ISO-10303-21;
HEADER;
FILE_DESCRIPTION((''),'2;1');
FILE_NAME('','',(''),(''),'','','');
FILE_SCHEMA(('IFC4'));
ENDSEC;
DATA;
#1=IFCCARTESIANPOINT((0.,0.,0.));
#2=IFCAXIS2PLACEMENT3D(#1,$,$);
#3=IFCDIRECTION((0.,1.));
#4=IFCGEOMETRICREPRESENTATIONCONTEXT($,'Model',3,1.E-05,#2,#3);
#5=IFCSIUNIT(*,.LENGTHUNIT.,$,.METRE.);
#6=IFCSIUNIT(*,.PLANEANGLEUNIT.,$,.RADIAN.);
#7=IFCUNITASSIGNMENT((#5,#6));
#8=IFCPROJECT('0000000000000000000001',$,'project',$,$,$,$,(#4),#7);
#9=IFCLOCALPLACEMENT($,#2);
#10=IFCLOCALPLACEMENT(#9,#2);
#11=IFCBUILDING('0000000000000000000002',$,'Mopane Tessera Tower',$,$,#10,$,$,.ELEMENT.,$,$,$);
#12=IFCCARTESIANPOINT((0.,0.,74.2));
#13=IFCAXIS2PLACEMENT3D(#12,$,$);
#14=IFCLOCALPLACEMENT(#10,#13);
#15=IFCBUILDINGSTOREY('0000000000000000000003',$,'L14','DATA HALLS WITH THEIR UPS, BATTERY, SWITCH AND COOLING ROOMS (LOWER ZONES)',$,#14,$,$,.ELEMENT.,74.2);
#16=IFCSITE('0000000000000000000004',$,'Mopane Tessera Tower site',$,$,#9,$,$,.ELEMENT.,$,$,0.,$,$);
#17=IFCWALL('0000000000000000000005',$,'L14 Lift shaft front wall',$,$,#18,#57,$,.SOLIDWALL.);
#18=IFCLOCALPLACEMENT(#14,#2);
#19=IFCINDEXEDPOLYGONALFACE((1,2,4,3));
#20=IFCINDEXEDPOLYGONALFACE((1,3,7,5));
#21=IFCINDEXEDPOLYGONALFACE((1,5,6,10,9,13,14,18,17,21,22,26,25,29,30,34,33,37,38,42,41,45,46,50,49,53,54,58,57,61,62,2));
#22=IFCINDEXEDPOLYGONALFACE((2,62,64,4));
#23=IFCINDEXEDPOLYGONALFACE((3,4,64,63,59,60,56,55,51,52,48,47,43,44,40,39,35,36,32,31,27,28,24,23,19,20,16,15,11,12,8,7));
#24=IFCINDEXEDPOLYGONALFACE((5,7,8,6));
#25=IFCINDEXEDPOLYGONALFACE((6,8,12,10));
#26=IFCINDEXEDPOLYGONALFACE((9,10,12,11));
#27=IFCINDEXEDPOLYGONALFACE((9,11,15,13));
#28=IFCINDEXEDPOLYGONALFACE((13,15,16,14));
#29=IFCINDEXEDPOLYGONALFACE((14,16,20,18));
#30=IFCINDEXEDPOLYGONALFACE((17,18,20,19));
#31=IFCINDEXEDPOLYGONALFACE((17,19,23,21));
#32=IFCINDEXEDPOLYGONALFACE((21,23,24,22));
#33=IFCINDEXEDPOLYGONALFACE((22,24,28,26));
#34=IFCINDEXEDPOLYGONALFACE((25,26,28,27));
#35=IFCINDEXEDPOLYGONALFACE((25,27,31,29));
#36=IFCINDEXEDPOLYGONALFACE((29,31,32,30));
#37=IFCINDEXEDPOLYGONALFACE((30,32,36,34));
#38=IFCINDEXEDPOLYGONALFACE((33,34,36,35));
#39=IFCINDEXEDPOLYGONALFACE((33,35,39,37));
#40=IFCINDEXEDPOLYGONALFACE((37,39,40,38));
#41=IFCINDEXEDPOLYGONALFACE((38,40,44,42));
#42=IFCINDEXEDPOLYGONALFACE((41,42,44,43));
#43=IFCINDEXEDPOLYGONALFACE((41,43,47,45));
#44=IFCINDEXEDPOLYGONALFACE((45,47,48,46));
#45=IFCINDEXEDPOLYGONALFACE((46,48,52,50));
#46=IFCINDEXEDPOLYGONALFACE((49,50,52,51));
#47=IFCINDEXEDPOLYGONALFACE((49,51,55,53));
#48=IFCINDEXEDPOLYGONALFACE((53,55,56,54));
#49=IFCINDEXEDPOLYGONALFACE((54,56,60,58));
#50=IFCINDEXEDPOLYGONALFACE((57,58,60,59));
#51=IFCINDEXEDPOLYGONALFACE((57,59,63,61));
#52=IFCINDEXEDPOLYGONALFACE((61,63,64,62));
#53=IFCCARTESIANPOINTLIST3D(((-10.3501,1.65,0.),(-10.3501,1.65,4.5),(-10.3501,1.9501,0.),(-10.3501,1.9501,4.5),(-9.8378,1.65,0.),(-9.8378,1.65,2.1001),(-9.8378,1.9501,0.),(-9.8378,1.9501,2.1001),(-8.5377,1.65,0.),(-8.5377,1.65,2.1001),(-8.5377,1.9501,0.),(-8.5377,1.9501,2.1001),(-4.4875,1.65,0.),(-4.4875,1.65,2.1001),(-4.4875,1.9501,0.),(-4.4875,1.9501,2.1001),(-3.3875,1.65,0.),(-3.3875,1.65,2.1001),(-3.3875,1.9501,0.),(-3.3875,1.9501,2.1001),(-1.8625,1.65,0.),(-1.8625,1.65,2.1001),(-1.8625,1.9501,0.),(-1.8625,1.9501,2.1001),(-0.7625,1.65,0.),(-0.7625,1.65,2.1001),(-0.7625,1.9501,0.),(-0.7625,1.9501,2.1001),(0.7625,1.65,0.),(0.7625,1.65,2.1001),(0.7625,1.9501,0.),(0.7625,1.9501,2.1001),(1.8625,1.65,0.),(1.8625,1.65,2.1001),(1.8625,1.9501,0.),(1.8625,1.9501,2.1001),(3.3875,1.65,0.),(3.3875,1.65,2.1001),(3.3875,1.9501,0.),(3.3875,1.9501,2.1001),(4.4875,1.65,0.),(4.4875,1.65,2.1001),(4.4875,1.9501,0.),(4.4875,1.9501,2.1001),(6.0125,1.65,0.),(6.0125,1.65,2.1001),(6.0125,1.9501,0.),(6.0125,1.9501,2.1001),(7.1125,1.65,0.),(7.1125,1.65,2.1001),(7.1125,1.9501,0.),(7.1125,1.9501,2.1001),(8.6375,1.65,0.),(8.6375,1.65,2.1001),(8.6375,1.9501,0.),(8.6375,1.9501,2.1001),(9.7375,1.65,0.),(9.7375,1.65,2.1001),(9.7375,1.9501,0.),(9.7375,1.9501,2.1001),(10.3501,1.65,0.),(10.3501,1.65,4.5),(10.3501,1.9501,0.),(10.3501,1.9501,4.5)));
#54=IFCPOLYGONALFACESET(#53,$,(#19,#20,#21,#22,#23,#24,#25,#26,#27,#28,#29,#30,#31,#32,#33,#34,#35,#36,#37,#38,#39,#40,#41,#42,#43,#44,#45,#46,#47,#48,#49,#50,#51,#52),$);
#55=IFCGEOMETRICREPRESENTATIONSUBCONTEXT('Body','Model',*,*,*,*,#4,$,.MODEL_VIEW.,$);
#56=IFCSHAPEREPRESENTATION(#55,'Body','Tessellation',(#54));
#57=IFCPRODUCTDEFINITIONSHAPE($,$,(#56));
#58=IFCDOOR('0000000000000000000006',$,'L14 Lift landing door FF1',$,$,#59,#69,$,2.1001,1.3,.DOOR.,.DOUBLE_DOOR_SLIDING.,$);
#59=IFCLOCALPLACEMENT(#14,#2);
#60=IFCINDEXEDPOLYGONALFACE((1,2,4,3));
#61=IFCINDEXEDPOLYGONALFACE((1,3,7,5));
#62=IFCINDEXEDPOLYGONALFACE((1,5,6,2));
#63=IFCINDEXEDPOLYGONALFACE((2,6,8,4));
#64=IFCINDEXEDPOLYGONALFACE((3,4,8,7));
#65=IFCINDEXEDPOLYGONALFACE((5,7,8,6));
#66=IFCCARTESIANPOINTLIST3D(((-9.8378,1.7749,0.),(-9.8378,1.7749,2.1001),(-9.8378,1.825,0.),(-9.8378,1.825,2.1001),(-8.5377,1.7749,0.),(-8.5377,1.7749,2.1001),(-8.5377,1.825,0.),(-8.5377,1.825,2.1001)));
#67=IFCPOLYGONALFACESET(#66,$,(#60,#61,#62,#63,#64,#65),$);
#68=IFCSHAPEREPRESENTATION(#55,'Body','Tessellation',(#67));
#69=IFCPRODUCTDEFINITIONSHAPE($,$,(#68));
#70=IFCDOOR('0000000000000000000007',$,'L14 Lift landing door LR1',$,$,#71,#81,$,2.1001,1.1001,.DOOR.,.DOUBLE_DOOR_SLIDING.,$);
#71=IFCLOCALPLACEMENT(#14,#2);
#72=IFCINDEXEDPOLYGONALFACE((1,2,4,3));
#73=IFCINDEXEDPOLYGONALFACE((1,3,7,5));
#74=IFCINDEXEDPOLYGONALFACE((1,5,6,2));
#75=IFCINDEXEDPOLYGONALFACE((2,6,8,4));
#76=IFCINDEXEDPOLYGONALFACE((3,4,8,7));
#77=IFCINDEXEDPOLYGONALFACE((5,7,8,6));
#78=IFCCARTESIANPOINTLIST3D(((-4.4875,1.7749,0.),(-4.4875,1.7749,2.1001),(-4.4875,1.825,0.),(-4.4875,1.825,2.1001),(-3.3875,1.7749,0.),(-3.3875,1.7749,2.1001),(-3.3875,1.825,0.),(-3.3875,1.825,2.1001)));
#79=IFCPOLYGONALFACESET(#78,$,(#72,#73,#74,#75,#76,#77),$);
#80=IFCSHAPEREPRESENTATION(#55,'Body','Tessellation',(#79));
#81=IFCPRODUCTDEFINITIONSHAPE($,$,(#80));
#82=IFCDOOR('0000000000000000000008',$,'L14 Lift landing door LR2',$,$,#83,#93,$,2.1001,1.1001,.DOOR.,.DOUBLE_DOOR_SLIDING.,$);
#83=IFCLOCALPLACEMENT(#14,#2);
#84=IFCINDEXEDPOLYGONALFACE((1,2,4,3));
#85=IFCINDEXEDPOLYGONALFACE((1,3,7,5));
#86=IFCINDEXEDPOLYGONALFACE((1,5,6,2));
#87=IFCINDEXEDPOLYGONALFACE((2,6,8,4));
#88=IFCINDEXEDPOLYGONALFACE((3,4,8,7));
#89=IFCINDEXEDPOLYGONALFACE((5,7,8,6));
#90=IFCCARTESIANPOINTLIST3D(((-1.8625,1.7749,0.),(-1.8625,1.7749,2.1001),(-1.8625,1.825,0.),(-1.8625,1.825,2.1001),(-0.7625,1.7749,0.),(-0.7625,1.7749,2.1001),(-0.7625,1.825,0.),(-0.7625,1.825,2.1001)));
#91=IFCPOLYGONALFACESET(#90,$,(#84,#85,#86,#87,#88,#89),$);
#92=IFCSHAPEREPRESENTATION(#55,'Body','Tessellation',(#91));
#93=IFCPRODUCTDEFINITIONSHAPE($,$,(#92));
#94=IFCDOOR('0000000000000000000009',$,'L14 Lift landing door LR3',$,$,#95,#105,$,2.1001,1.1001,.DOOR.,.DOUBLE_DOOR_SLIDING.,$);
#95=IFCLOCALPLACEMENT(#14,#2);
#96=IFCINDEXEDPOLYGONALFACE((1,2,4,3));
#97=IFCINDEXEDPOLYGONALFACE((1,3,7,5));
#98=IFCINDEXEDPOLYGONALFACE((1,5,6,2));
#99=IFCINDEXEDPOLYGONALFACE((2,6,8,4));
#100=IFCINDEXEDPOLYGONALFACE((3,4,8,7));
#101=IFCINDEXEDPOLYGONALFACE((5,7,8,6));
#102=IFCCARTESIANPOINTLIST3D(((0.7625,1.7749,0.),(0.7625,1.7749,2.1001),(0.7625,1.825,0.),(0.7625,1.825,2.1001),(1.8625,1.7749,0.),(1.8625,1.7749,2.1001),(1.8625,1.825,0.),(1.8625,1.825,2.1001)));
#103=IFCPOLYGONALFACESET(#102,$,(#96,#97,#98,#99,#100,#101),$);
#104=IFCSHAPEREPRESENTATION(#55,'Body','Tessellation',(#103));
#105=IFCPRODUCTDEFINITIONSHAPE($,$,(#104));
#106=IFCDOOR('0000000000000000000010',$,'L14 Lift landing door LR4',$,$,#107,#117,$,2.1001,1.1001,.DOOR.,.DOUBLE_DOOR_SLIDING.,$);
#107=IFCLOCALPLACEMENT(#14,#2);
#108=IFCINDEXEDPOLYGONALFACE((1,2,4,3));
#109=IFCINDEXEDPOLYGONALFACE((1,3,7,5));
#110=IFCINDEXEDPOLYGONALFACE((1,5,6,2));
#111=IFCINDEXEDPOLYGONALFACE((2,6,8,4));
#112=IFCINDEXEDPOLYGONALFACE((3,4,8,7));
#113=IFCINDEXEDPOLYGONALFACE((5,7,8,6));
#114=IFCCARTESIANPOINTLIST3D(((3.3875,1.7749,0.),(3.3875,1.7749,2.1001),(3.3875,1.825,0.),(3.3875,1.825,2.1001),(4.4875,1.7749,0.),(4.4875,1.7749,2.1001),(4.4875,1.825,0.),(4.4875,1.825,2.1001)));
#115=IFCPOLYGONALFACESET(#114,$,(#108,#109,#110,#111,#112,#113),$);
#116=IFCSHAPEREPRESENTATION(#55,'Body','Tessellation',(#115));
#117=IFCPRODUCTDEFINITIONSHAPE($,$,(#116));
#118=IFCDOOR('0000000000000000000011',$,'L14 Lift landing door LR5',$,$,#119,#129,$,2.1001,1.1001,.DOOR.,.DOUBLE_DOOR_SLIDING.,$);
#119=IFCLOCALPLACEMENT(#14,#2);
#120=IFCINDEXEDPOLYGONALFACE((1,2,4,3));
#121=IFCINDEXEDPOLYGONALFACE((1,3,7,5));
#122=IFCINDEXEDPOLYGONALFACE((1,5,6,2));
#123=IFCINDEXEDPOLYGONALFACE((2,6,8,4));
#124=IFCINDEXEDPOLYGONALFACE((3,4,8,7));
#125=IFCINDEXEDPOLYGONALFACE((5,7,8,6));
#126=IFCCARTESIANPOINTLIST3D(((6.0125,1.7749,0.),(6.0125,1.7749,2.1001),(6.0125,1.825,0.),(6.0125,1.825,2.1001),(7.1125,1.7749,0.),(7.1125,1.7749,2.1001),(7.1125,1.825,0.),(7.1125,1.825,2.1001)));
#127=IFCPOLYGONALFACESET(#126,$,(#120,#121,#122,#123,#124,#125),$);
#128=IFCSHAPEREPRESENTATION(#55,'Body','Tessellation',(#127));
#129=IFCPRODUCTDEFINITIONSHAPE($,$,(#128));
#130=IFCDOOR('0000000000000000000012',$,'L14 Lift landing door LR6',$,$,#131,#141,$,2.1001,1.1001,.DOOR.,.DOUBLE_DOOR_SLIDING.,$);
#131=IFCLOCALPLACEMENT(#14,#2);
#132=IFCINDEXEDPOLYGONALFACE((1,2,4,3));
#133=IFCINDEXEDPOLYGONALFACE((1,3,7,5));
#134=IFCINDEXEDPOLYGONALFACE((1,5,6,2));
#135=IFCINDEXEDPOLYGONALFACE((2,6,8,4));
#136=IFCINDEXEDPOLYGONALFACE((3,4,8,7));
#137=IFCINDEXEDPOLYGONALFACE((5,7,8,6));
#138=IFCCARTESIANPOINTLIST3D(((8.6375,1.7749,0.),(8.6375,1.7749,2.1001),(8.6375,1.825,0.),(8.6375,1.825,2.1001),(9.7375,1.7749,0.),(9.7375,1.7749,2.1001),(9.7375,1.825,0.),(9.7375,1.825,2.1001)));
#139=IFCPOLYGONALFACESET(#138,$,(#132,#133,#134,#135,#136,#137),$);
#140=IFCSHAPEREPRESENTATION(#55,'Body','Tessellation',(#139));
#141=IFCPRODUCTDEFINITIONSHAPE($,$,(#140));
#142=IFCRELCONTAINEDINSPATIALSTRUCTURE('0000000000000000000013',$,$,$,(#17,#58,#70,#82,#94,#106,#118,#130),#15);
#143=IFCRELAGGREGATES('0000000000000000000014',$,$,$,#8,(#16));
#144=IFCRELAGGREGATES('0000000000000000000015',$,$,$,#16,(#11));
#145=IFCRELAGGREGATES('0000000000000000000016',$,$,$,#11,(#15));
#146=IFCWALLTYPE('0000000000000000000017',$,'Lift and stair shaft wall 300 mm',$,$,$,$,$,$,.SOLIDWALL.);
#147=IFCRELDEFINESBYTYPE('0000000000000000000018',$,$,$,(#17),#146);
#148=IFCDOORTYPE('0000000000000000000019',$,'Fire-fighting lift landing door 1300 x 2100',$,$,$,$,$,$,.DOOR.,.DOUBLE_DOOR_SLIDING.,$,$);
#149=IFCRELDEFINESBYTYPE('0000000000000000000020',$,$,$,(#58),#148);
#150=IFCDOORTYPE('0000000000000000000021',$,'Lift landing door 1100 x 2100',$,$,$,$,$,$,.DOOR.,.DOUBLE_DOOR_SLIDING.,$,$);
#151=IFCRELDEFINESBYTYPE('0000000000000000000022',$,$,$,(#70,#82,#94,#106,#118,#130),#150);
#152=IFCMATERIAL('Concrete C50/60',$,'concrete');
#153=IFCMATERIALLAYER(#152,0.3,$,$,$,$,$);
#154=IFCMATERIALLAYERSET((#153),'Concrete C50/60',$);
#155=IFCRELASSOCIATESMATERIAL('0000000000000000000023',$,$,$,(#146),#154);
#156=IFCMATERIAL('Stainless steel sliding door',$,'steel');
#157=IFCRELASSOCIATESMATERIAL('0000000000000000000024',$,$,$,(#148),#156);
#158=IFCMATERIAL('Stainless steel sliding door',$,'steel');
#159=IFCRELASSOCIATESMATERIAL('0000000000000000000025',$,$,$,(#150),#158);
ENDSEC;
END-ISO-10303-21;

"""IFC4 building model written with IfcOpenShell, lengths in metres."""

from ifc_helpers import new_model, si_unit, direction, frame, frame_2d, origin, place, context, subcontext, project, spatial, rectangle, extrude, material, layer, layer_set, type_object, element, fill, save


model = new_model("IFC4")

# Units and contexts
model_context = context("Model", 3, precision=1e-05, world=origin(), true_north=direction((0.0, 1.0)))
body_context = subcontext(model_context, "Body", "Model", "MODEL_VIEW")
ifc_project = project(units=[si_unit("LENGTHUNIT", "METRE"), si_unit("PLANEANGLEUNIT", "RADIAN")], contexts=[model_context])

# Site, building, storey
site_placement = place(None, origin())
site = spatial("IfcSite", under=ifc_project, at=site_placement, Name="Mopane Tessera Tower site", CompositionType="ELEMENT", RefElevation=0.0)
building_placement = place(site_placement, origin())
building = spatial("IfcBuilding", under=site, at=building_placement, Name="Mopane Tessera Tower", CompositionType="ELEMENT")
storey_placement = place(building_placement, frame((0.0, 0.0, 74.2)))
storey = spatial("IfcBuildingStorey", under=building, at=storey_placement, Name="L14", Description="DATA HALLS WITH THEIR UPS, BATTERY, SWITCH AND COOLING ROOMS (LOWER ZONES)", CompositionType="ELEMENT", Elevation=74.2)

# Shared definitions
ifc_material_1 = material(Name="Concrete C50/60", Category="concrete")
ifc_layer_1 = layer(ifc_material_1, 0.3)
ifc_layer_set_1 = layer_set([ifc_layer_1], Name="Concrete C50/60")
wall_type_1 = type_object("IfcWallType", Name="Lift and stair shaft wall 300 mm", PredefinedType="SOLIDWALL", material=ifc_layer_set_1)

# Wall, openings, doors
wall_1_placement = place(storey_placement, frame((-10.3501, 1.8, 0.0), z_axis=(0.0, 0.0, 1.0), x_axis=(1.0, 0.0, 0.0)))
wall_1 = element("IfcWall", 1, at=wall_1_placement, inside=storey, type_object=wall_type_1, Name="L14 Lift shaft front wall", PredefinedType="SOLIDWALL", context=body_context, shape_type="SweptSolid", body=[
    extrude(rectangle(XDim=20.7002, YDim=0.3, at=frame_2d((10.3501, 0.0))), origin(), (0.0, 0.0, 1.0), 4.5),
])
opening_1_placement = place(wall_1_placement, frame((0.5125, 0.0, 0.0)))
opening_1 = element("IfcOpeningElement", 2, at=opening_1_placement, cuts=wall_1, PredefinedType="OPENING", context=body_context, shape_type="SweptSolid", body=[
    extrude(rectangle(XDim=1.3, YDim=2.1001, at=frame_2d((0.6499, 1.05))), frame((0.0, 0.1621, 0.0), z_axis=(0.0, -1.0, 0.0), x_axis=(1.0, 0.0, 0.0)), (0.0, 0.0, 1.0), 0.324),
])
opening_2_placement = place(wall_1_placement, frame((5.8625, 0.0, 0.0)))
opening_2 = element("IfcOpeningElement", 3, at=opening_2_placement, cuts=wall_1, PredefinedType="OPENING", context=body_context, shape_type="SweptSolid", body=[
    extrude(rectangle(XDim=1.1001, YDim=2.1001, at=frame_2d((0.55, 1.05))), frame((0.0, 0.1621, 0.0), z_axis=(0.0, -1.0, 0.0), x_axis=(1.0, 0.0, 0.0)), (0.0, 0.0, 1.0), 0.324),
])
opening_3_placement = place(wall_1_placement, frame((8.4875, 0.0, 0.0)))
opening_3 = element("IfcOpeningElement", 4, at=opening_3_placement, cuts=wall_1, PredefinedType="OPENING", context=body_context, shape_type="SweptSolid", body=[
    extrude(rectangle(XDim=1.1001, YDim=2.1001, at=frame_2d((0.55, 1.05))), frame((0.0, 0.1621, 0.0), z_axis=(0.0, -1.0, 0.0), x_axis=(1.0, 0.0, 0.0)), (0.0, 0.0, 1.0), 0.324),
])
opening_4_placement = place(wall_1_placement, frame((11.1125, 0.0, 0.0)))
opening_4 = element("IfcOpeningElement", 5, at=opening_4_placement, cuts=wall_1, PredefinedType="OPENING", context=body_context, shape_type="SweptSolid", body=[
    extrude(rectangle(XDim=1.1001, YDim=2.1001, at=frame_2d((0.55, 1.05))), frame((0.0, 0.1621, 0.0), z_axis=(0.0, -1.0, 0.0), x_axis=(1.0, 0.0, 0.0)), (0.0, 0.0, 1.0), 0.324),
])
opening_5_placement = place(wall_1_placement, frame((13.7375, 0.0, 0.0)))
opening_5 = element("IfcOpeningElement", 6, at=opening_5_placement, cuts=wall_1, PredefinedType="OPENING", context=body_context, shape_type="SweptSolid", body=[
    extrude(rectangle(XDim=1.1001, YDim=2.1001, at=frame_2d((0.55, 1.05))), frame((0.0, 0.1621, 0.0), z_axis=(0.0, -1.0, 0.0), x_axis=(1.0, 0.0, 0.0)), (0.0, 0.0, 1.0), 0.324),
])
opening_6_placement = place(wall_1_placement, frame((16.3625, 0.0, 0.0)))
opening_6 = element("IfcOpeningElement", 7, at=opening_6_placement, cuts=wall_1, PredefinedType="OPENING", context=body_context, shape_type="SweptSolid", body=[
    extrude(rectangle(XDim=1.1001, YDim=2.1001, at=frame_2d((0.55, 1.05))), frame((0.0, 0.1621, 0.0), z_axis=(0.0, -1.0, 0.0), x_axis=(1.0, 0.0, 0.0)), (0.0, 0.0, 1.0), 0.324),
])
opening_7_placement = place(wall_1_placement, frame((18.9875, 0.0, 0.0)))
opening_7 = element("IfcOpeningElement", 8, at=opening_7_placement, cuts=wall_1, PredefinedType="OPENING", context=body_context, shape_type="SweptSolid", body=[
    extrude(rectangle(XDim=1.1001, YDim=2.1001, at=frame_2d((0.55, 1.05))), frame((0.0, 0.1621, 0.0), z_axis=(0.0, -1.0, 0.0), x_axis=(1.0, 0.0, 0.0)), (0.0, 0.0, 1.0), 0.324),
])
ifc_material_2 = material(Name="Stainless steel sliding door", Category="steel")
door_type_1 = type_object("IfcDoorType", Name="Fire-fighting lift landing door 1300 x 2100", OperationType="DOUBLE_DOOR_SLIDING", PredefinedType="DOOR", material=ifc_material_2)
door_1_placement = place(opening_1_placement, origin())
door_1 = element("IfcDoor", 9, at=door_1_placement, inside=storey, type_object=door_type_1, Name="L14 Lift landing door FF1", OperationType="DOUBLE_DOOR_SLIDING", OverallHeight=2.1001, OverallWidth=1.3, PredefinedType="DOOR", context=body_context, shape_type="SweptSolid", body=[
    extrude(rectangle(XDim=1.3, YDim=2.1001, at=frame_2d((0.6499, 1.05))), frame((0.0, 0.0249, 0.0), z_axis=(0.0, -1.0, 0.0), x_axis=(1.0, 0.0, 0.0)), (0.0, 0.0, 1.0), 0.05),
])
fill(opening_1, door_1)
ifc_material_3 = material(Name="Stainless steel sliding door", Category="steel")
door_type_2 = type_object("IfcDoorType", Name="Lift landing door 1100 x 2100", OperationType="DOUBLE_DOOR_SLIDING", PredefinedType="DOOR", material=ifc_material_3)
door_2_placement = place(opening_2_placement, origin())
door_2 = element("IfcDoor", 10, at=door_2_placement, inside=storey, type_object=door_type_2, Name="L14 Lift landing door LR1", OperationType="DOUBLE_DOOR_SLIDING", OverallHeight=2.1001, OverallWidth=1.1001, PredefinedType="DOOR", context=body_context, shape_type="SweptSolid", body=[
    extrude(rectangle(XDim=1.1001, YDim=2.1001, at=frame_2d((0.55, 1.05))), frame((0.0, 0.0249, 0.0), z_axis=(0.0, -1.0, 0.0), x_axis=(1.0, 0.0, 0.0)), (0.0, 0.0, 1.0), 0.05),
])
fill(opening_2, door_2)
door_3_placement = place(opening_3_placement, origin())
door_3 = element("IfcDoor", 11, at=door_3_placement, inside=storey, type_object=door_type_2, Name="L14 Lift landing door LR2", OperationType="DOUBLE_DOOR_SLIDING", OverallHeight=2.1001, OverallWidth=1.1001, PredefinedType="DOOR", context=body_context, shape_type="SweptSolid", body=[
    extrude(rectangle(XDim=1.1001, YDim=2.1001, at=frame_2d((0.55, 1.05))), frame((0.0, 0.0249, 0.0), z_axis=(0.0, -1.0, 0.0), x_axis=(1.0, 0.0, 0.0)), (0.0, 0.0, 1.0), 0.05),
])
fill(opening_3, door_3)
door_4_placement = place(opening_4_placement, origin())
door_4 = element("IfcDoor", 12, at=door_4_placement, inside=storey, type_object=door_type_2, Name="L14 Lift landing door LR3", OperationType="DOUBLE_DOOR_SLIDING", OverallHeight=2.1001, OverallWidth=1.1001, PredefinedType="DOOR", context=body_context, shape_type="SweptSolid", body=[
    extrude(rectangle(XDim=1.1001, YDim=2.1001, at=frame_2d((0.55, 1.05))), frame((0.0, 0.0249, 0.0), z_axis=(0.0, -1.0, 0.0), x_axis=(1.0, 0.0, 0.0)), (0.0, 0.0, 1.0), 0.05),
])
fill(opening_4, door_4)
door_5_placement = place(opening_5_placement, origin())
door_5 = element("IfcDoor", 13, at=door_5_placement, inside=storey, type_object=door_type_2, Name="L14 Lift landing door LR4", OperationType="DOUBLE_DOOR_SLIDING", OverallHeight=2.1001, OverallWidth=1.1001, PredefinedType="DOOR", context=body_context, shape_type="SweptSolid", body=[
    extrude(rectangle(XDim=1.1001, YDim=2.1001, at=frame_2d((0.55, 1.05))), frame((0.0, 0.0249, 0.0), z_axis=(0.0, -1.0, 0.0), x_axis=(1.0, 0.0, 0.0)), (0.0, 0.0, 1.0), 0.05),
])
fill(opening_5, door_5)
door_6_placement = place(opening_6_placement, origin())
door_6 = element("IfcDoor", 14, at=door_6_placement, inside=storey, type_object=door_type_2, Name="L14 Lift landing door LR5", OperationType="DOUBLE_DOOR_SLIDING", OverallHeight=2.1001, OverallWidth=1.1001, PredefinedType="DOOR", context=body_context, shape_type="SweptSolid", body=[
    extrude(rectangle(XDim=1.1001, YDim=2.1001, at=frame_2d((0.55, 1.05))), frame((0.0, 0.0249, 0.0), z_axis=(0.0, -1.0, 0.0), x_axis=(1.0, 0.0, 0.0)), (0.0, 0.0, 1.0), 0.05),
])
fill(opening_6, door_6)
door_7_placement = place(opening_7_placement, origin())
door_7 = element("IfcDoor", 15, at=door_7_placement, inside=storey, type_object=door_type_2, Name="L14 Lift landing door LR6", OperationType="DOUBLE_DOOR_SLIDING", OverallHeight=2.1001, OverallWidth=1.1001, PredefinedType="DOOR", context=body_context, shape_type="SweptSolid", body=[
    extrude(rectangle(XDim=1.1001, YDim=2.1001, at=frame_2d((0.55, 1.05))), frame((0.0, 0.0249, 0.0), z_axis=(0.0, -1.0, 0.0), x_axis=(1.0, 0.0, 0.0)), (0.0, 0.0, 1.0), 0.05),
])
fill(opening_7, door_7)

save(model, "model.ifc")
